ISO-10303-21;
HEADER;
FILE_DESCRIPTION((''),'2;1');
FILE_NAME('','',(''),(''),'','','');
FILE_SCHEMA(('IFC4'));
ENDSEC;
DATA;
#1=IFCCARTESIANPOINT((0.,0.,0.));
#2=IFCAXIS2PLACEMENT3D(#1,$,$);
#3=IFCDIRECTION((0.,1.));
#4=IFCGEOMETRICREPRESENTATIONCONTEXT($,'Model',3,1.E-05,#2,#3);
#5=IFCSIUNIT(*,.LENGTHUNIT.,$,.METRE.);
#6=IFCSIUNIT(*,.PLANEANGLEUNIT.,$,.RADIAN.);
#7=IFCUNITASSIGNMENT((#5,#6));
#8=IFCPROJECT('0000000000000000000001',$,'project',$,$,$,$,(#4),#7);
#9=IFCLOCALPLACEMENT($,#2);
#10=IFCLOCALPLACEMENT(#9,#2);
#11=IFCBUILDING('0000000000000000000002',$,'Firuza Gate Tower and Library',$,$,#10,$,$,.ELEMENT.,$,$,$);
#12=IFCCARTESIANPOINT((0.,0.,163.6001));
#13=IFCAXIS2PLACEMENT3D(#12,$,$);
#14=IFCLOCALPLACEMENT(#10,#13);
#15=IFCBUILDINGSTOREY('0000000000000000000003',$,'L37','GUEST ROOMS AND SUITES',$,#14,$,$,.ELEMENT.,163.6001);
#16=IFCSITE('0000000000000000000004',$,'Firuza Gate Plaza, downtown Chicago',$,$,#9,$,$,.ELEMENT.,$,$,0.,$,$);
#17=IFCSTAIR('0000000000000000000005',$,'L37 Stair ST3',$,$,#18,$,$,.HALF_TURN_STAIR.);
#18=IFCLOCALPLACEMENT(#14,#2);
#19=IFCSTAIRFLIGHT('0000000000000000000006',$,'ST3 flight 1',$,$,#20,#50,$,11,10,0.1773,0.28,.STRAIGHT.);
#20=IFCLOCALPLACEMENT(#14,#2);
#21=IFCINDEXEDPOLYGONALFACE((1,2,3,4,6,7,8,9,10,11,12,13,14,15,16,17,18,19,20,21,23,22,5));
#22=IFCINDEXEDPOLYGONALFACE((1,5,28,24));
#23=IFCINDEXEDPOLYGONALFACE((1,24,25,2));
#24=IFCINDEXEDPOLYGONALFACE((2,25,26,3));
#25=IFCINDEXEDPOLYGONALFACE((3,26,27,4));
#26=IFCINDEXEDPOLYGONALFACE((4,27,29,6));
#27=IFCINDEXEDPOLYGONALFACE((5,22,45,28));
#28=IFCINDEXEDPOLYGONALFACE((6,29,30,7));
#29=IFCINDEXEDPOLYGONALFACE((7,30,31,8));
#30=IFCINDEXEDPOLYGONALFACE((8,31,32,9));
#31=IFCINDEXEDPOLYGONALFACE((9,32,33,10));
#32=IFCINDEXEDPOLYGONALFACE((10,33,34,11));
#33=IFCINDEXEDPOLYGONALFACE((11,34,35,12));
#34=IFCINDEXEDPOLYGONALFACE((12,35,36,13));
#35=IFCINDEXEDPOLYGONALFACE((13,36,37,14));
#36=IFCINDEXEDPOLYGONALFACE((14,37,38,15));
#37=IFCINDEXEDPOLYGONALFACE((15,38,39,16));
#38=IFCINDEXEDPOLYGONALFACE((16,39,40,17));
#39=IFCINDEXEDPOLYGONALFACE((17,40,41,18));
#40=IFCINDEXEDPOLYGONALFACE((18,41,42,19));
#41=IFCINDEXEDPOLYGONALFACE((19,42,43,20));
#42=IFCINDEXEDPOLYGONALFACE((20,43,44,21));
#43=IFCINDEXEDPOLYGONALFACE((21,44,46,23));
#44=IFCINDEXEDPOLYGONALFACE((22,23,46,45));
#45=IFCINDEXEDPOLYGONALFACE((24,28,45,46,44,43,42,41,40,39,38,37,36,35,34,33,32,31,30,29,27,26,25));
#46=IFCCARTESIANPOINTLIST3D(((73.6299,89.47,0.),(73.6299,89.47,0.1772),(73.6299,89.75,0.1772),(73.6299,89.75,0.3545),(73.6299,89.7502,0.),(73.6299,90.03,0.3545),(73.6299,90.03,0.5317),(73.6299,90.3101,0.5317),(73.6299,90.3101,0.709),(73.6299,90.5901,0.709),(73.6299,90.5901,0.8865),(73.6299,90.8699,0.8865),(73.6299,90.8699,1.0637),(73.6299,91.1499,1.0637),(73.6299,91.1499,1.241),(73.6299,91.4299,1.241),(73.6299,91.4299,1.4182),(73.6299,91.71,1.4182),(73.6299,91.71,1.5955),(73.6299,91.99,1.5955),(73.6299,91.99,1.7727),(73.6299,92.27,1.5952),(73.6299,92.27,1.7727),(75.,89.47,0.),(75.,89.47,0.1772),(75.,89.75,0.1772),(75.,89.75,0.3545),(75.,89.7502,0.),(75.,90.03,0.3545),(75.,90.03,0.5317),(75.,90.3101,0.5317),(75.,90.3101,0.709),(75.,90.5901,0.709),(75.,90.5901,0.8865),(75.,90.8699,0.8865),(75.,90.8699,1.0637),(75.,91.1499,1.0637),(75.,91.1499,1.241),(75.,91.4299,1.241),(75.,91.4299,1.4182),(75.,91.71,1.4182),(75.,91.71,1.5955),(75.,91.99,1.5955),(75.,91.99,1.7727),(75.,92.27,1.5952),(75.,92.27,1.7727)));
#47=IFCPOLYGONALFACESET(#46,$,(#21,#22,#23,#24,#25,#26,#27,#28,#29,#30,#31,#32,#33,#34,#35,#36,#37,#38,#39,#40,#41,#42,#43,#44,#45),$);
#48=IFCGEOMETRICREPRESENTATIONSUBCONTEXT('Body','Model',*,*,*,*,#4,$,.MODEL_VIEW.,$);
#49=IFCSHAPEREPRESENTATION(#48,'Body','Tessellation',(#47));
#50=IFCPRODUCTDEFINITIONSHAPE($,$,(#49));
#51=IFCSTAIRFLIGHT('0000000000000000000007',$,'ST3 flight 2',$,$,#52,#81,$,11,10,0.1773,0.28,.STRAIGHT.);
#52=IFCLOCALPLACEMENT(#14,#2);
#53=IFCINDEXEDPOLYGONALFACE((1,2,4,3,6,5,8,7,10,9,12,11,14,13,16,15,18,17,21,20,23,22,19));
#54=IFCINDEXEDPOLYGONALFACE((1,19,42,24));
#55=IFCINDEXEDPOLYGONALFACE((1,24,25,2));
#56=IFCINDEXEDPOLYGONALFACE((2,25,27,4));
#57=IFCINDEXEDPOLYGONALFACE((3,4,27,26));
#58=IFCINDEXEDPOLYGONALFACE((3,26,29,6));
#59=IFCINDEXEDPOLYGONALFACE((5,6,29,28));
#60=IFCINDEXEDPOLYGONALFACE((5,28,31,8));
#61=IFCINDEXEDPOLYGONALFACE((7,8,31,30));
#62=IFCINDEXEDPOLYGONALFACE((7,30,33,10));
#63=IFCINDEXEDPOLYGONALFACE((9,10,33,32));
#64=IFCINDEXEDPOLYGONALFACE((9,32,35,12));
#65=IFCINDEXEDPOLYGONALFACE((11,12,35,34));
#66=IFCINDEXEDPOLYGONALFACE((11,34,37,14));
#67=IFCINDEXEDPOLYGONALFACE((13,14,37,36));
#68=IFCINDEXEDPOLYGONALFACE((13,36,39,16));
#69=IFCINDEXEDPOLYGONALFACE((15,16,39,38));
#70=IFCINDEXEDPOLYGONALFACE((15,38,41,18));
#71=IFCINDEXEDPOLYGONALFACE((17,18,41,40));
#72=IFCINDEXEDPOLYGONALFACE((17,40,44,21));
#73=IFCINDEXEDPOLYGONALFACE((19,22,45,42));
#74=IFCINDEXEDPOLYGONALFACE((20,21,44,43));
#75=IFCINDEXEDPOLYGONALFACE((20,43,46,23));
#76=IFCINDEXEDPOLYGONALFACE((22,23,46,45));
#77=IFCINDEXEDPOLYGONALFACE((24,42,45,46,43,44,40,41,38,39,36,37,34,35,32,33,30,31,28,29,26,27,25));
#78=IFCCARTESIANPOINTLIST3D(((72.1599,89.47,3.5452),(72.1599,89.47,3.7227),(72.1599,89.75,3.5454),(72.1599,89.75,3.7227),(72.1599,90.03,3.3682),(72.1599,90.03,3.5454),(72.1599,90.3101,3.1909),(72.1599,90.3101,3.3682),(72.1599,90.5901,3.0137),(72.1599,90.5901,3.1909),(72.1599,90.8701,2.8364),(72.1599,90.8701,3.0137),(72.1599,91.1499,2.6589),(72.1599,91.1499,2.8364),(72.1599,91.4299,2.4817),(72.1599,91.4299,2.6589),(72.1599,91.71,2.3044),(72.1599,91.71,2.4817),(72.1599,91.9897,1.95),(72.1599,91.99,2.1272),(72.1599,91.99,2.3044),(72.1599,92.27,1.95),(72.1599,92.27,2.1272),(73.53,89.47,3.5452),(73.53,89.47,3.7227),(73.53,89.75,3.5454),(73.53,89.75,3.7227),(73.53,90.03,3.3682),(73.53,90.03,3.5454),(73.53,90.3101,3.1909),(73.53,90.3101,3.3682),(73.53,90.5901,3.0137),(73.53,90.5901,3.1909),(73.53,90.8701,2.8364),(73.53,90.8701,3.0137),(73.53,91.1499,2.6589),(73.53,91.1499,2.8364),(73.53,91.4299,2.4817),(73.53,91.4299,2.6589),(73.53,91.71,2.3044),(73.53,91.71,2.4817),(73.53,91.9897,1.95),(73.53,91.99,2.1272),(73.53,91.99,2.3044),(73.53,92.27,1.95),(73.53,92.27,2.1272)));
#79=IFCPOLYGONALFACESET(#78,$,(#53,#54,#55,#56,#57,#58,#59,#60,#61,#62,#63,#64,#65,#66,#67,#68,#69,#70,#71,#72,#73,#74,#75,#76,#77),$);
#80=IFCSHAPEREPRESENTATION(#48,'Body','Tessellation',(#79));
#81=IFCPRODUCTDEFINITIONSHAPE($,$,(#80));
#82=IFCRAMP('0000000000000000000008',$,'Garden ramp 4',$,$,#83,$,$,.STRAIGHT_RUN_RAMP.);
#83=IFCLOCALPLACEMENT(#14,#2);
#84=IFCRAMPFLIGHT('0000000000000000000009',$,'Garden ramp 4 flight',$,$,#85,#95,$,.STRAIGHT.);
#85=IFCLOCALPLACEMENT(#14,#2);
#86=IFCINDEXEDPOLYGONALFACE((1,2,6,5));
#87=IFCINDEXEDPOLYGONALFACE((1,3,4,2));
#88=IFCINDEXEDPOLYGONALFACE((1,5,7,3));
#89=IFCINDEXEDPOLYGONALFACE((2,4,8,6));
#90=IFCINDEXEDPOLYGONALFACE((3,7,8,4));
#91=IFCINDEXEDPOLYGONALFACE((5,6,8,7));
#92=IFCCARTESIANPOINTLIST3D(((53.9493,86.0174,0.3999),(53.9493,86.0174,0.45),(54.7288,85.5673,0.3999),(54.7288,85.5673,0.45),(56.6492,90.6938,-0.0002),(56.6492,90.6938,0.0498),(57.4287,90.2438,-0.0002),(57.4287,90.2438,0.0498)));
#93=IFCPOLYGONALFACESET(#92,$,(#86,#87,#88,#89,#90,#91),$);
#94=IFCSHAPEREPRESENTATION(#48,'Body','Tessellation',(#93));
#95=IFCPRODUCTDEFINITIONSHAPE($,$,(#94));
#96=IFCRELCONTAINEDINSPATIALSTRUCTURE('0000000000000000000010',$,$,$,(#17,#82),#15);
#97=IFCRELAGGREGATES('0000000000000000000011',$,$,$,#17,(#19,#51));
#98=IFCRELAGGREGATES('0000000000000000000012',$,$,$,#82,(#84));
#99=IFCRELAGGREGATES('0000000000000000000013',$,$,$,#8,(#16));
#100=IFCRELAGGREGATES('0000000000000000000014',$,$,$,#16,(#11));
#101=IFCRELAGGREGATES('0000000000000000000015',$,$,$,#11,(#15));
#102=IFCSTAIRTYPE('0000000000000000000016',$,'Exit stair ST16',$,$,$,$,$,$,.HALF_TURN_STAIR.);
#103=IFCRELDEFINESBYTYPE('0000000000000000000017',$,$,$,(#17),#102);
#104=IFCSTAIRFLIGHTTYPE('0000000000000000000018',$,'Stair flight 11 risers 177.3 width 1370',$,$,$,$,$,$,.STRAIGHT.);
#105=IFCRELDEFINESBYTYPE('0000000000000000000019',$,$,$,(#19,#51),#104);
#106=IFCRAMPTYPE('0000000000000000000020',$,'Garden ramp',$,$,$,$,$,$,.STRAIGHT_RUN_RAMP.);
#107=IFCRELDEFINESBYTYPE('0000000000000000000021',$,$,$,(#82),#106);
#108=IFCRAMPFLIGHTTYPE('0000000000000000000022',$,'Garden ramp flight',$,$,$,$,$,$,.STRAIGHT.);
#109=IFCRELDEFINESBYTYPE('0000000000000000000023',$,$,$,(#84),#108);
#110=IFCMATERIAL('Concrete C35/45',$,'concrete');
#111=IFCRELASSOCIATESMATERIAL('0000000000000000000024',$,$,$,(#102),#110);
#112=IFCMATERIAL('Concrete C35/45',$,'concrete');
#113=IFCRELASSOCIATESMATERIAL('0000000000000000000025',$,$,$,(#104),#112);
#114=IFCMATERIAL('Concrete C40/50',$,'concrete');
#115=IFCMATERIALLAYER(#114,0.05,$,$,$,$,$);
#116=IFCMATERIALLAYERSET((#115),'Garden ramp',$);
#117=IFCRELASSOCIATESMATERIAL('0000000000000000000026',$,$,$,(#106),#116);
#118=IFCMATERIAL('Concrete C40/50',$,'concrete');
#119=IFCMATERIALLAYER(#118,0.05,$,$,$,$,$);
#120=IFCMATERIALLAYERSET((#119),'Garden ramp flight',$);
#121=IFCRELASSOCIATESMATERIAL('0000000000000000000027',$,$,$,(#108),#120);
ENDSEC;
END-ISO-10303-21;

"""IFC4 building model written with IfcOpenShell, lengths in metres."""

from ifc_helpers import new_model, si_unit, direction, frame, origin, place, context, subcontext, project, spatial, polyline, outline, extrude, material, layer, layer_set, type_object, element, aggregate, save


model = new_model("IFC4")

# Units and contexts
model_context = context("Model", 3, precision=1e-05, world=origin(), true_north=direction((0.0, 1.0)))
body_context = subcontext(model_context, "Body", "Model", "MODEL_VIEW")
ifc_project = project(units=[si_unit("LENGTHUNIT", "METRE"), si_unit("PLANEANGLEUNIT", "RADIAN")], contexts=[model_context])

# Site, building, storey
site_placement = place(None, origin())
site = spatial("IfcSite", under=ifc_project, at=site_placement, Name="Firuza Gate Plaza, downtown Chicago", CompositionType="ELEMENT", RefElevation=0.0)
building_placement = place(site_placement, origin())
building = spatial("IfcBuilding", under=site, at=building_placement, Name="Firuza Gate Tower and Library", CompositionType="ELEMENT")
storey_placement = place(building_placement, frame((0.0, 0.0, 163.6001)))
storey = spatial("IfcBuildingStorey", under=building, at=storey_placement, Name="L37", Description="GUEST ROOMS AND SUITES", CompositionType="ELEMENT", Elevation=163.6001)

# Shared definitions
placement = place(storey_placement, origin())

# Stair, stair flights
ifc_material_1 = material(Name="Concrete C35/45", Category="concrete")
stair_type = type_object("IfcStairType", Name="Exit stair ST16", PredefinedType="HALF_TURN_STAIR", material=ifc_material_1)
stair = element("IfcStair", 1, at=placement, inside=storey, type_object=stair_type, Name="L37 Stair ST3", PredefinedType="HALF_TURN_STAIR")
ifc_material_2 = material(Name="Concrete C35/45", Category="concrete")
stair_flight_type = type_object("IfcStairFlightType", Name="Stair flight 11 risers 177.3 width 1370", PredefinedType="STRAIGHT", material=ifc_material_2)
stair_flight_1_placement = place(storey_placement, frame((74.3149, 89.47, 0.0), z_axis=(0.0, 0.0, 1.0), x_axis=(0.0, 1.0, 0.0)))
stair_flight_1 = element("IfcStairFlight", 2, at=stair_flight_1_placement, type_object=stair_flight_type, Name="ST3 flight 1", NumberOfRisers=11, NumberOfTreads=10, PredefinedType="STRAIGHT", RiserHeight=0.1773, TreadLength=0.28, context=body_context, shape_type="SweptSolid", body=[
    extrude(outline(polyline([(0.0, 0.0), (0.0, 0.1772), (0.28, 0.1772), (0.28, 0.3545), (0.5601, 0.3545), (0.5601, 0.5317), (0.8401, 0.5317), (0.8401, 0.709), (1.1201, 0.709), (1.1201, 0.8865), (1.3999, 0.8865), (1.3999, 1.0637), (1.6799, 1.0637), (1.6799, 1.241), (1.96, 1.241), (1.96, 1.4182), (2.24, 1.4182), (2.24, 1.5955), (2.52, 1.5955), (2.52, 1.7727), (2.8, 1.7727), (2.8, 1.95), (2.8, 1.5952), (0.2803, 0.0), (0.0, 0.0)])), frame((0.0, 0.6851, 0.0), z_axis=(0.0, -1.0, 0.0), x_axis=(1.0, 0.0, 0.0)), (0.0, 0.0, 1.0), 1.3701),
])
stair_flight_2_placement = place(storey_placement, frame((72.845, 92.27, 1.95), z_axis=(0.0, 0.0, 1.0), x_axis=(0.0, -1.0, 0.0)))
stair_flight_2 = element("IfcStairFlight", 3, at=stair_flight_2_placement, type_object=stair_flight_type, Name="ST3 flight 2", NumberOfRisers=11, NumberOfTreads=10, PredefinedType="STRAIGHT", RiserHeight=0.1773, TreadLength=0.28, context=body_context, shape_type="SweptSolid", body=[
    extrude(outline(polyline([(0.0, 0.0), (0.0, 0.1772), (0.28, 0.1772), (0.28, 0.3545), (0.5601, 0.3545), (0.5601, 0.5317), (0.8401, 0.5317), (0.8401, 0.709), (1.1201, 0.709), (1.1201, 0.8865), (1.3999, 0.8865), (1.3999, 1.0637), (1.6799, 1.0637), (1.6799, 1.241), (1.96, 1.241), (1.96, 1.4182), (2.24, 1.4182), (2.24, 1.5955), (2.52, 1.5955), (2.52, 1.7727), (2.8, 1.7727), (2.8, 1.95), (2.8, 1.5952), (0.2803, 0.0), (0.0, 0.0)])), frame((0.0, 0.6851, 0.0), z_axis=(0.0, -1.0, 0.0), x_axis=(1.0, 0.0, 0.0)), (0.0, 0.0, 1.0), 1.3701),
])
aggregate(stair, [stair_flight_1, stair_flight_2])

# Ramp, ramp flight
ifc_material_3 = material(Name="Concrete C40/50", Category="concrete")
ifc_layer_1 = layer(ifc_material_3, 0.05)
ifc_layer_set_1 = layer_set([ifc_layer_1], Name="Garden ramp")
ramp_type = type_object("IfcRampType", Name="Garden ramp", PredefinedType="STRAIGHT_RUN_RAMP", material=ifc_layer_set_1)
ramp = element("IfcRamp", 4, at=placement, inside=storey, type_object=ramp_type, Name="Garden ramp 4", PredefinedType="STRAIGHT_RUN_RAMP")
ifc_material_4 = material(Name="Concrete C40/50", Category="concrete")
ifc_layer_2 = layer(ifc_material_4, 0.05)
ifc_layer_set_2 = layer_set([ifc_layer_2], Name="Garden ramp flight")
ramp_flight_type = type_object("IfcRampFlightType", Name="Garden ramp flight", PredefinedType="STRAIGHT", material=ifc_layer_set_2)
ramp_flight_placement = place(storey_placement, frame((57.0391, 90.4688, -0.0002), z_axis=(0.0, 0.0, 1.0), x_axis=(-0.499995, -0.866028, 0.0)))
ramp_flight = element("IfcRampFlight", 5, at=ramp_flight_placement, type_object=ramp_flight_type, Name="Garden ramp 4 flight", PredefinedType="STRAIGHT", context=body_context, shape_type="SweptSolid", body=[
    extrude(outline(polyline([(0.0, 0.05), (5.3999, 0.4502), (5.3999, 0.4001), (0.0, 0.0), (0.0, 0.05)])), frame((0.0, 0.45, 0.0), z_axis=(0.0, -1.0, 0.0), x_axis=(1.0, 0.0, 0.0)), (0.0, 0.0, 1.0), 0.9001),
])
aggregate(ramp, [ramp_flight])

save(model, "model.ifc")
